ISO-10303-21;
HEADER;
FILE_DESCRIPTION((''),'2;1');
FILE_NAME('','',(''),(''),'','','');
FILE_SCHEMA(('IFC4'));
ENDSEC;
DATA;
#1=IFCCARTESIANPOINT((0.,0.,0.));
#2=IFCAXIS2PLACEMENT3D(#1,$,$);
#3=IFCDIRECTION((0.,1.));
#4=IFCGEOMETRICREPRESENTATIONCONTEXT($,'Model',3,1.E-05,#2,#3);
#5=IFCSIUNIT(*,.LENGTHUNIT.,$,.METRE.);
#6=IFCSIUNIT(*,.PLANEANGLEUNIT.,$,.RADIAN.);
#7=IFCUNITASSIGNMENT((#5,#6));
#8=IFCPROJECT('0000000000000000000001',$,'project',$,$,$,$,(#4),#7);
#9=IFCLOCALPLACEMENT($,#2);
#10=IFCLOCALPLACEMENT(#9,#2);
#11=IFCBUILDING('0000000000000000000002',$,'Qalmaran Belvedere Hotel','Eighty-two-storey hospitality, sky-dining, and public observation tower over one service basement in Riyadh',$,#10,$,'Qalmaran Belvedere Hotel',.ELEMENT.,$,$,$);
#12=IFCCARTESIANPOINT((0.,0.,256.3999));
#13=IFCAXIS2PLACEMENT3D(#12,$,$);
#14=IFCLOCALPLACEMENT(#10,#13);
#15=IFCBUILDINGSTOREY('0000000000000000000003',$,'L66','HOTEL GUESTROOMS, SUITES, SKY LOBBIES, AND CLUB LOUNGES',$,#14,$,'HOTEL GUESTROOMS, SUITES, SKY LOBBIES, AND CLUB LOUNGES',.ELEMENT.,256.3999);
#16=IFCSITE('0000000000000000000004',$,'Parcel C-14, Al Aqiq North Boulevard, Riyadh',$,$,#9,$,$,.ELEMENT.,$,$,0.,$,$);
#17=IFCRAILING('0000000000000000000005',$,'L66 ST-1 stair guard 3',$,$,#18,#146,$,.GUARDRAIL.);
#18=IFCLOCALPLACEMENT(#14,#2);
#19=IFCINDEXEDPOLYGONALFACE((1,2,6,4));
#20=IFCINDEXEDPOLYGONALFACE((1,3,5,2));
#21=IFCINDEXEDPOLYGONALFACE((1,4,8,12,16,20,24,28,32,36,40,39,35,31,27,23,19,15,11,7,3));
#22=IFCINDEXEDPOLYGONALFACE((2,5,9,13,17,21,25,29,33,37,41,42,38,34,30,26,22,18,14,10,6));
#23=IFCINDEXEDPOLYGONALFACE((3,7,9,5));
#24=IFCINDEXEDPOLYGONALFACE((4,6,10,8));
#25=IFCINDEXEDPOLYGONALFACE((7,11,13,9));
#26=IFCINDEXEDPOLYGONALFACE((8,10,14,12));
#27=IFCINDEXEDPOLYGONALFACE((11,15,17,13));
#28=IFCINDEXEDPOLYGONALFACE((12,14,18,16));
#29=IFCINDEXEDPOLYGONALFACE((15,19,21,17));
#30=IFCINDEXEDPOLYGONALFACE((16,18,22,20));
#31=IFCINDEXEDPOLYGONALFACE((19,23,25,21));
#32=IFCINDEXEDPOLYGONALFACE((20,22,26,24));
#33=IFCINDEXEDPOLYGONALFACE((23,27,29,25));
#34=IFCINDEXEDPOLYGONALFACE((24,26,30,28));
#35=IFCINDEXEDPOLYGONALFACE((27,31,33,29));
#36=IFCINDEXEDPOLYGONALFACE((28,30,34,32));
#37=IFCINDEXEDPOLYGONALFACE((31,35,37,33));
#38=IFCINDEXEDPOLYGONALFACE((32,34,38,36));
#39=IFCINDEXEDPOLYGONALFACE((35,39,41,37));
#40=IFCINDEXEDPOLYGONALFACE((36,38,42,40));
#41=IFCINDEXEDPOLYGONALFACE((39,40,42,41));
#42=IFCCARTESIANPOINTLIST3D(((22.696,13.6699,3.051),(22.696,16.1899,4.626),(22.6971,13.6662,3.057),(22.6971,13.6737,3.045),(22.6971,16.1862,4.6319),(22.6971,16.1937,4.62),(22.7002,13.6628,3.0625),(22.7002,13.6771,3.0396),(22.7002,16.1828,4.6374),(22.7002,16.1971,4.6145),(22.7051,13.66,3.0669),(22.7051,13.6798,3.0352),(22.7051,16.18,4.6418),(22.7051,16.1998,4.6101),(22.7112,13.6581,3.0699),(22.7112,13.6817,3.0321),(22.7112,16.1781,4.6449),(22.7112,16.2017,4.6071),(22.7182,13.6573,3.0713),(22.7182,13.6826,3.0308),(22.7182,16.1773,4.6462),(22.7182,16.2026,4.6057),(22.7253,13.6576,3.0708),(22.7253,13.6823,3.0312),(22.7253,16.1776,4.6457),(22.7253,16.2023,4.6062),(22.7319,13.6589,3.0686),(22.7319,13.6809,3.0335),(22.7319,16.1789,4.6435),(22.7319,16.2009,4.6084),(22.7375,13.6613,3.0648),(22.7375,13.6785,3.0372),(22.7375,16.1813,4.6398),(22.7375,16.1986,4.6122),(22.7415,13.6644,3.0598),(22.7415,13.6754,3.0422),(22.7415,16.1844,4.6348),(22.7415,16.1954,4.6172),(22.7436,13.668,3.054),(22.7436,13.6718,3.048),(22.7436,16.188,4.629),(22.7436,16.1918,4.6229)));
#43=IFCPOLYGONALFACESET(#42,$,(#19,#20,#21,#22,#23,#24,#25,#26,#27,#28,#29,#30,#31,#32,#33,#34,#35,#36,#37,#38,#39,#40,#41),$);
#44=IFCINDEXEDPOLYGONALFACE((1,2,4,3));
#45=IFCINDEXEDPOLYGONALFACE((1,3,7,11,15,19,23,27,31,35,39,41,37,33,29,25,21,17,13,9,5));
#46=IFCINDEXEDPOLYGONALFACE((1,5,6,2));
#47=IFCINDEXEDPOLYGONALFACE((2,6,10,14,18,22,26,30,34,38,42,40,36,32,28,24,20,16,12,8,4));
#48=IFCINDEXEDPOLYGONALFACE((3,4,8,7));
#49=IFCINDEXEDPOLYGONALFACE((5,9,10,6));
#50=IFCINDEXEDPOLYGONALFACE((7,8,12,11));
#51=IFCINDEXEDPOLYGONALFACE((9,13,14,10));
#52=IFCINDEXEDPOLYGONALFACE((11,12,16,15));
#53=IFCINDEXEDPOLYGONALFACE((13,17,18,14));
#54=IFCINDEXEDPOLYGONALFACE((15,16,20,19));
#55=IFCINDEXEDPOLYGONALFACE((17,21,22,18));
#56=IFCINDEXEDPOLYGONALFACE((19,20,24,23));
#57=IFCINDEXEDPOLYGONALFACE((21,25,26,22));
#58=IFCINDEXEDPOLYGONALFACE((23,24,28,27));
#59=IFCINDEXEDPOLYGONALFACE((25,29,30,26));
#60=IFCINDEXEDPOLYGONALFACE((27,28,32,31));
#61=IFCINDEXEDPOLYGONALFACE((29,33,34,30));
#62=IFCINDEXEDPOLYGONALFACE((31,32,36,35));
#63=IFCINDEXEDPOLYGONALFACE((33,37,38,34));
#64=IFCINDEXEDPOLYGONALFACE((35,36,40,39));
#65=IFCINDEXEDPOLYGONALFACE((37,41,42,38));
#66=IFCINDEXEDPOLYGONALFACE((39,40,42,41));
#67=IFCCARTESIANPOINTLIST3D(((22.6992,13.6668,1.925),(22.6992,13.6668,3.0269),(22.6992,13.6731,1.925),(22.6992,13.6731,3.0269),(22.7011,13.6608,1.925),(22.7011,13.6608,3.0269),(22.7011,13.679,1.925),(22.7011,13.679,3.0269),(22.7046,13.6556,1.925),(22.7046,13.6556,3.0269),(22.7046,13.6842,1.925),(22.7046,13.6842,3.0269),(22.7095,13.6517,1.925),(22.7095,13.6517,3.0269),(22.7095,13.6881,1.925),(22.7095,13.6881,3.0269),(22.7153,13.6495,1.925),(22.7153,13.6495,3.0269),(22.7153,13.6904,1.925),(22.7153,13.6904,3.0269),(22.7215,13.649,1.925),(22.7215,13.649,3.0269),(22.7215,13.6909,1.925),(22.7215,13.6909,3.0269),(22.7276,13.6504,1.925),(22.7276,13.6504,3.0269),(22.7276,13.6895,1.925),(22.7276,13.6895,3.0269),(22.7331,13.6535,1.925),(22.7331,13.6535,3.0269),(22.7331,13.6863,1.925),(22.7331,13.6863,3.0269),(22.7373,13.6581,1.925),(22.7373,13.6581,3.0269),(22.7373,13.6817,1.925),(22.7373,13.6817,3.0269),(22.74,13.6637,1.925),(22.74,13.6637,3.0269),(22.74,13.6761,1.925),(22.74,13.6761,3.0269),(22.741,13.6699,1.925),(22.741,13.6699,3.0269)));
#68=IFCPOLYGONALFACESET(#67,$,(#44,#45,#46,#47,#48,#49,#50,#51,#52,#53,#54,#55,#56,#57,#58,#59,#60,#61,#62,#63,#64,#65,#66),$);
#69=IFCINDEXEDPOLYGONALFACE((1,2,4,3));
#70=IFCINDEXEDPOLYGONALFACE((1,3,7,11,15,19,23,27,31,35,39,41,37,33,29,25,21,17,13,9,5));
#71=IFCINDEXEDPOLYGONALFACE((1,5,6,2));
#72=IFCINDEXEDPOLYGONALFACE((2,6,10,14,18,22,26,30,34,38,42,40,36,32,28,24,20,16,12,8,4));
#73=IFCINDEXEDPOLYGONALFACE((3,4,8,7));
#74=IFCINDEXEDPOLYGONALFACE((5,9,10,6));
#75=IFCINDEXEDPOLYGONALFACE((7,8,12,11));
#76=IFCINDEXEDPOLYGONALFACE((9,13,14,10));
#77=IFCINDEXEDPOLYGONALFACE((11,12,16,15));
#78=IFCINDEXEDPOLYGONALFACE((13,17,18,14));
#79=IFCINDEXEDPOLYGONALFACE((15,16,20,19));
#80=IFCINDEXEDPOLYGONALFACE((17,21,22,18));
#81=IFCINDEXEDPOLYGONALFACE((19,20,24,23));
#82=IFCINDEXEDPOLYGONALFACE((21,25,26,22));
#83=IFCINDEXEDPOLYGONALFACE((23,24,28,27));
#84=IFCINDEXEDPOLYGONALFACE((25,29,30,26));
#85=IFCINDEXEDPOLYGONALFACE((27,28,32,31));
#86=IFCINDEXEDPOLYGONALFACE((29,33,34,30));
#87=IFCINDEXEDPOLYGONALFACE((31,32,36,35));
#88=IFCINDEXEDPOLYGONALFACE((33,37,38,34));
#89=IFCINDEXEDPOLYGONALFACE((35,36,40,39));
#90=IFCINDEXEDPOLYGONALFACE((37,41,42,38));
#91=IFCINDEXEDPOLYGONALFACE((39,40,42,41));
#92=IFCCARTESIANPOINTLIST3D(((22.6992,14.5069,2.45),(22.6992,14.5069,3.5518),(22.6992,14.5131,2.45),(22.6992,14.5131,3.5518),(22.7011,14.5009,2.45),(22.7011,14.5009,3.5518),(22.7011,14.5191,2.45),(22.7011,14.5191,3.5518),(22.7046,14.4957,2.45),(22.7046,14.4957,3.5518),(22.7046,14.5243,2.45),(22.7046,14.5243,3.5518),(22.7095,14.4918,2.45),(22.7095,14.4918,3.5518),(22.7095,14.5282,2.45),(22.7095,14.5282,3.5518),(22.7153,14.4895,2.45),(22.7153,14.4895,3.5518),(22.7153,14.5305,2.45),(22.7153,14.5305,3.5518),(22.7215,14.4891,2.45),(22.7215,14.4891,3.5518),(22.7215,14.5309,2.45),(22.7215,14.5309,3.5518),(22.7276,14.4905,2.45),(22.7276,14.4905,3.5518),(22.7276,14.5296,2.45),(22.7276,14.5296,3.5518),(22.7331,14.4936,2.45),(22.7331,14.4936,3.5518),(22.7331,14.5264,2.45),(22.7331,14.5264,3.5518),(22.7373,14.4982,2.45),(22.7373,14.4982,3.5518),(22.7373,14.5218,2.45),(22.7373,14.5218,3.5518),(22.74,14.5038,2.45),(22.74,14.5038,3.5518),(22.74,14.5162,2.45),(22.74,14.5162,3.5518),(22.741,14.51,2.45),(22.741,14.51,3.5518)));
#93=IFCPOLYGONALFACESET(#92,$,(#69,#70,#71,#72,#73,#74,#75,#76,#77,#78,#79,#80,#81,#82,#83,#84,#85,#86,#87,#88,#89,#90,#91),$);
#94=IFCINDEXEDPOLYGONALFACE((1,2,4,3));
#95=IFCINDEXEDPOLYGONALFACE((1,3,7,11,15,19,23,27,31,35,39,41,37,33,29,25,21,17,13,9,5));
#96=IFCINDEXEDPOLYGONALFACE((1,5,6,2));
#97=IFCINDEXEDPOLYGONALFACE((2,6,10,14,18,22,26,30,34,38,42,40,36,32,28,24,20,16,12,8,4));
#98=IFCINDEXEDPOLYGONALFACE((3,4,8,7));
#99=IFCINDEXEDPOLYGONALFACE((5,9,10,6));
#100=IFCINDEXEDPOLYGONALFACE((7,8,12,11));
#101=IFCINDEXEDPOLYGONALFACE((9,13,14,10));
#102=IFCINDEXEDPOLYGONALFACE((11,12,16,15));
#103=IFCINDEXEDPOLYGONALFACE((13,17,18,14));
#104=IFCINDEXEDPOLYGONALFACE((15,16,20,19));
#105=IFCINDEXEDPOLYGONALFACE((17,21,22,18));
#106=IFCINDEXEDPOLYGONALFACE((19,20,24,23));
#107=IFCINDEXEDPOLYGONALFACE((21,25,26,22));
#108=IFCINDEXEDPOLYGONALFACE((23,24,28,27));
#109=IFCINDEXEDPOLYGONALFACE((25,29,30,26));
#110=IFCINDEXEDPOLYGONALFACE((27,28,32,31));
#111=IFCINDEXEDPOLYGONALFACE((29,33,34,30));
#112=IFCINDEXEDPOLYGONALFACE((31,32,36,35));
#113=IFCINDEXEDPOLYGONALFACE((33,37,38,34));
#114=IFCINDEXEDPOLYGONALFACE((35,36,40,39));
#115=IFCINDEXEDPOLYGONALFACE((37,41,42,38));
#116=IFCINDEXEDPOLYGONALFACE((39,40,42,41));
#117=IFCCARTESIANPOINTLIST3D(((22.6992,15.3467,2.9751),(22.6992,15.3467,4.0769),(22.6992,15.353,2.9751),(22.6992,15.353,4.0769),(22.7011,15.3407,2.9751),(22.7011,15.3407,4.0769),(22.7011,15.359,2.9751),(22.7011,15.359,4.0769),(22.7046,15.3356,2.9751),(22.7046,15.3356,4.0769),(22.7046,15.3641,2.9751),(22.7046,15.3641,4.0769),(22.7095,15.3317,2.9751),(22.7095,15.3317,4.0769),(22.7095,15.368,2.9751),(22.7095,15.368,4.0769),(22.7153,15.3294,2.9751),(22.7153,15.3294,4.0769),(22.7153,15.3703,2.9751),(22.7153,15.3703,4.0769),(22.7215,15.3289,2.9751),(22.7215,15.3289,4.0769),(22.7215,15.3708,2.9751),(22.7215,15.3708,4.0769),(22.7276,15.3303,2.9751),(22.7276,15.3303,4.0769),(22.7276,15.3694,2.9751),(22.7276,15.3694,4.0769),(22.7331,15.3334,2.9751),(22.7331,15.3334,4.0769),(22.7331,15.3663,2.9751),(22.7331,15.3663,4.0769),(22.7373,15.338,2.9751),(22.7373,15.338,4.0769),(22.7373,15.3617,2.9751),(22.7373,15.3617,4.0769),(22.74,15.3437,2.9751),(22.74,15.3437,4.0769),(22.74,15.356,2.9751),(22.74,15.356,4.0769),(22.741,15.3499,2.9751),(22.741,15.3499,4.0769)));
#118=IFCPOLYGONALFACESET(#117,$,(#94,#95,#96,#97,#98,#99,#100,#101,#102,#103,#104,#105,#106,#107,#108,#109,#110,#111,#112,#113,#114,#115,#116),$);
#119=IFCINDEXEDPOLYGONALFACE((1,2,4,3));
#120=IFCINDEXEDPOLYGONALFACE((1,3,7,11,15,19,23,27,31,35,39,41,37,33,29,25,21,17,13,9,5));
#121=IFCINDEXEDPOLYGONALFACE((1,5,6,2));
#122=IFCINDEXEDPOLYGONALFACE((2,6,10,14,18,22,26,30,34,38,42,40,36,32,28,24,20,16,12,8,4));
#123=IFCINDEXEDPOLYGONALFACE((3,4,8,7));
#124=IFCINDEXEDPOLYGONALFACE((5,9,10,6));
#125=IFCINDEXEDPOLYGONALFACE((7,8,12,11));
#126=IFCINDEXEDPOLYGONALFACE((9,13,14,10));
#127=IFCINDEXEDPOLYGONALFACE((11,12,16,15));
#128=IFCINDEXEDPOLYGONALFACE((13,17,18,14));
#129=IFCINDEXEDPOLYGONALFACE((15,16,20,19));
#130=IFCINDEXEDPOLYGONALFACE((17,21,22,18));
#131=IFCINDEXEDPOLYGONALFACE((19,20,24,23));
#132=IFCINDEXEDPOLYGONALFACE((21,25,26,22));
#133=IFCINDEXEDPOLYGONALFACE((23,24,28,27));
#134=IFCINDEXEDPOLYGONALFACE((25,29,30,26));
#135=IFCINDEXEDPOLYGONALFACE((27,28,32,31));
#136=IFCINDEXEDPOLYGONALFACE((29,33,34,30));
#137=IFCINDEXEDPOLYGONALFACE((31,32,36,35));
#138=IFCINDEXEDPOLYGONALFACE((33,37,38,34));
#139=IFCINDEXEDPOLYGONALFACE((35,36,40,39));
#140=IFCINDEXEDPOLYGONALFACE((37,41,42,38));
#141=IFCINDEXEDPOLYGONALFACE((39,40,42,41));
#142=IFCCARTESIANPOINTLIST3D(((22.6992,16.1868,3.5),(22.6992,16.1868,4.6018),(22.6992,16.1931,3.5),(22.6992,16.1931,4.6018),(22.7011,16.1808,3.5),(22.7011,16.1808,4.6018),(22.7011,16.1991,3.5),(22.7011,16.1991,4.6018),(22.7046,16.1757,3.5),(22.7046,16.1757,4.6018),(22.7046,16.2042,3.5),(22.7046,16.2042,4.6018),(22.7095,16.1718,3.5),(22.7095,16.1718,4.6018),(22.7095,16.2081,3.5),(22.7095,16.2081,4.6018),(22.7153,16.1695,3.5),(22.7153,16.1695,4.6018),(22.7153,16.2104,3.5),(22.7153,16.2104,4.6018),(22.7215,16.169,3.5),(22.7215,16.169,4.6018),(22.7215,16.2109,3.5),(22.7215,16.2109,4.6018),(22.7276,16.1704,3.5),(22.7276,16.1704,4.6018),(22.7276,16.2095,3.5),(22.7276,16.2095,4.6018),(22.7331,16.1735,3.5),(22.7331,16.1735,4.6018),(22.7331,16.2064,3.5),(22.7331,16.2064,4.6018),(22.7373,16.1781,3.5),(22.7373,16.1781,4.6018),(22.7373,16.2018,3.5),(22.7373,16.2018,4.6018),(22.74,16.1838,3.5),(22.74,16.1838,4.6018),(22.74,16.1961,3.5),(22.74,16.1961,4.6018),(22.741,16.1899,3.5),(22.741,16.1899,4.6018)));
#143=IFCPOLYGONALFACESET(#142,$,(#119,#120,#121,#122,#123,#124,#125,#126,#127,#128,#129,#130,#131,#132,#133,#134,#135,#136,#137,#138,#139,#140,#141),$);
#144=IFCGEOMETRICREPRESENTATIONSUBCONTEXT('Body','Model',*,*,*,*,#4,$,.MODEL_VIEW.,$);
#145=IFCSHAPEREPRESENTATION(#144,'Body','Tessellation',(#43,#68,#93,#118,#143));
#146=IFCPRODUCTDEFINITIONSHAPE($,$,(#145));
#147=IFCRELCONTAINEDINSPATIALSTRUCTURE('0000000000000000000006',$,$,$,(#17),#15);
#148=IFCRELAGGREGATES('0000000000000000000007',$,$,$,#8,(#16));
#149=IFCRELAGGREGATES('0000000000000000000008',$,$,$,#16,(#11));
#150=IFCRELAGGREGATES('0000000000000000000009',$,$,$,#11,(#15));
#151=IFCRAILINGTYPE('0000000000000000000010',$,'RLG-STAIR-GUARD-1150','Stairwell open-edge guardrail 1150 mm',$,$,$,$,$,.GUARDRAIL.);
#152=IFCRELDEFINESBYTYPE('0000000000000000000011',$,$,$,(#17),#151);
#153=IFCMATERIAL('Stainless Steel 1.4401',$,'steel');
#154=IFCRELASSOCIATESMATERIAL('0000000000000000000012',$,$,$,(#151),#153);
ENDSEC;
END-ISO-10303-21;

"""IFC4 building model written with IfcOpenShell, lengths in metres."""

from ifc_helpers import new_model, si_unit, direction, frame, origin, origin_2d, place, context, subcontext, project, spatial, circle, extrude, material, type_object, element, save


model = new_model("IFC4")

# Units and contexts
model_context = context("Model", 3, precision=1e-05, world=origin(), true_north=direction((0.0, 1.0)))
body_context = subcontext(model_context, "Body", "Model", "MODEL_VIEW")
ifc_project = project(units=[si_unit("LENGTHUNIT", "METRE"), si_unit("PLANEANGLEUNIT", "RADIAN")], contexts=[model_context])

# Site, building, storey
site_placement = place(None, origin())
site = spatial("IfcSite", under=ifc_project, at=site_placement, Name="Parcel C-14, Al Aqiq North Boulevard, Riyadh", CompositionType="ELEMENT", RefElevation=0.0)
building_placement = place(site_placement, origin())
building = spatial("IfcBuilding", under=site, at=building_placement, Name="Qalmaran Belvedere Hotel", Description="Eighty-two-storey hospitality, sky-dining, and public observation tower over one service basement in Riyadh", LongName="Qalmaran Belvedere Hotel", CompositionType="ELEMENT")
storey_placement = place(building_placement, frame((0.0, 0.0, 256.3999)))
storey = spatial("IfcBuildingStorey", under=building, at=storey_placement, Name="L66", Description="HOTEL GUESTROOMS, SUITES, SKY LOBBIES, AND CLUB LOUNGES", LongName="HOTEL GUESTROOMS, SUITES, SKY LOBBIES, AND CLUB LOUNGES", CompositionType="ELEMENT", Elevation=256.3999)

# Shared definitions
ifc_material_1 = material(Name="Stainless Steel 1.4401", Category="steel")

# Railing
railing_type_1 = type_object("IfcRailingType", Name="RLG-STAIR-GUARD-1150", Description="Stairwell open-edge guardrail 1150 mm", PredefinedType="GUARDRAIL", material=ifc_material_1)
railing_1_placement = place(storey_placement, frame((22.72, 13.6699, 1.925)))
element("IfcRailing", 1, at=railing_1_placement, inside=storey, type_object=railing_type_1, Name="L66 ST-1 stair guard 3", PredefinedType="GUARDRAIL", context=body_context, shape_type="SweptSolid", body=[
    extrude(circle(Radius=0.0239, at=origin_2d()), frame((0.0, 0.0, 1.126), z_axis=(0.0, 0.848008, 0.529984), x_axis=(-1.0, 0.0, 0.0)), (0.0, 0.0, 1.0), 2.9717),
    extrude(circle(Radius=0.021, at=origin_2d()), origin(), (0.0, 0.0, 1.0), 1.1018),
    extrude(circle(Radius=0.021, at=origin_2d()), frame((0.0, 0.8401, 0.5249)), (0.0, 0.0, 1.0), 1.1018),
    extrude(circle(Radius=0.021, at=origin_2d()), frame((0.0, 1.6799, 1.05)), (0.0, 0.0, 1.0), 1.1018),
    extrude(circle(Radius=0.021, at=origin_2d()), frame((0.0, 2.52, 1.575)), (0.0, 0.0, 1.0), 1.1018),
])

save(model, "model.ifc")
